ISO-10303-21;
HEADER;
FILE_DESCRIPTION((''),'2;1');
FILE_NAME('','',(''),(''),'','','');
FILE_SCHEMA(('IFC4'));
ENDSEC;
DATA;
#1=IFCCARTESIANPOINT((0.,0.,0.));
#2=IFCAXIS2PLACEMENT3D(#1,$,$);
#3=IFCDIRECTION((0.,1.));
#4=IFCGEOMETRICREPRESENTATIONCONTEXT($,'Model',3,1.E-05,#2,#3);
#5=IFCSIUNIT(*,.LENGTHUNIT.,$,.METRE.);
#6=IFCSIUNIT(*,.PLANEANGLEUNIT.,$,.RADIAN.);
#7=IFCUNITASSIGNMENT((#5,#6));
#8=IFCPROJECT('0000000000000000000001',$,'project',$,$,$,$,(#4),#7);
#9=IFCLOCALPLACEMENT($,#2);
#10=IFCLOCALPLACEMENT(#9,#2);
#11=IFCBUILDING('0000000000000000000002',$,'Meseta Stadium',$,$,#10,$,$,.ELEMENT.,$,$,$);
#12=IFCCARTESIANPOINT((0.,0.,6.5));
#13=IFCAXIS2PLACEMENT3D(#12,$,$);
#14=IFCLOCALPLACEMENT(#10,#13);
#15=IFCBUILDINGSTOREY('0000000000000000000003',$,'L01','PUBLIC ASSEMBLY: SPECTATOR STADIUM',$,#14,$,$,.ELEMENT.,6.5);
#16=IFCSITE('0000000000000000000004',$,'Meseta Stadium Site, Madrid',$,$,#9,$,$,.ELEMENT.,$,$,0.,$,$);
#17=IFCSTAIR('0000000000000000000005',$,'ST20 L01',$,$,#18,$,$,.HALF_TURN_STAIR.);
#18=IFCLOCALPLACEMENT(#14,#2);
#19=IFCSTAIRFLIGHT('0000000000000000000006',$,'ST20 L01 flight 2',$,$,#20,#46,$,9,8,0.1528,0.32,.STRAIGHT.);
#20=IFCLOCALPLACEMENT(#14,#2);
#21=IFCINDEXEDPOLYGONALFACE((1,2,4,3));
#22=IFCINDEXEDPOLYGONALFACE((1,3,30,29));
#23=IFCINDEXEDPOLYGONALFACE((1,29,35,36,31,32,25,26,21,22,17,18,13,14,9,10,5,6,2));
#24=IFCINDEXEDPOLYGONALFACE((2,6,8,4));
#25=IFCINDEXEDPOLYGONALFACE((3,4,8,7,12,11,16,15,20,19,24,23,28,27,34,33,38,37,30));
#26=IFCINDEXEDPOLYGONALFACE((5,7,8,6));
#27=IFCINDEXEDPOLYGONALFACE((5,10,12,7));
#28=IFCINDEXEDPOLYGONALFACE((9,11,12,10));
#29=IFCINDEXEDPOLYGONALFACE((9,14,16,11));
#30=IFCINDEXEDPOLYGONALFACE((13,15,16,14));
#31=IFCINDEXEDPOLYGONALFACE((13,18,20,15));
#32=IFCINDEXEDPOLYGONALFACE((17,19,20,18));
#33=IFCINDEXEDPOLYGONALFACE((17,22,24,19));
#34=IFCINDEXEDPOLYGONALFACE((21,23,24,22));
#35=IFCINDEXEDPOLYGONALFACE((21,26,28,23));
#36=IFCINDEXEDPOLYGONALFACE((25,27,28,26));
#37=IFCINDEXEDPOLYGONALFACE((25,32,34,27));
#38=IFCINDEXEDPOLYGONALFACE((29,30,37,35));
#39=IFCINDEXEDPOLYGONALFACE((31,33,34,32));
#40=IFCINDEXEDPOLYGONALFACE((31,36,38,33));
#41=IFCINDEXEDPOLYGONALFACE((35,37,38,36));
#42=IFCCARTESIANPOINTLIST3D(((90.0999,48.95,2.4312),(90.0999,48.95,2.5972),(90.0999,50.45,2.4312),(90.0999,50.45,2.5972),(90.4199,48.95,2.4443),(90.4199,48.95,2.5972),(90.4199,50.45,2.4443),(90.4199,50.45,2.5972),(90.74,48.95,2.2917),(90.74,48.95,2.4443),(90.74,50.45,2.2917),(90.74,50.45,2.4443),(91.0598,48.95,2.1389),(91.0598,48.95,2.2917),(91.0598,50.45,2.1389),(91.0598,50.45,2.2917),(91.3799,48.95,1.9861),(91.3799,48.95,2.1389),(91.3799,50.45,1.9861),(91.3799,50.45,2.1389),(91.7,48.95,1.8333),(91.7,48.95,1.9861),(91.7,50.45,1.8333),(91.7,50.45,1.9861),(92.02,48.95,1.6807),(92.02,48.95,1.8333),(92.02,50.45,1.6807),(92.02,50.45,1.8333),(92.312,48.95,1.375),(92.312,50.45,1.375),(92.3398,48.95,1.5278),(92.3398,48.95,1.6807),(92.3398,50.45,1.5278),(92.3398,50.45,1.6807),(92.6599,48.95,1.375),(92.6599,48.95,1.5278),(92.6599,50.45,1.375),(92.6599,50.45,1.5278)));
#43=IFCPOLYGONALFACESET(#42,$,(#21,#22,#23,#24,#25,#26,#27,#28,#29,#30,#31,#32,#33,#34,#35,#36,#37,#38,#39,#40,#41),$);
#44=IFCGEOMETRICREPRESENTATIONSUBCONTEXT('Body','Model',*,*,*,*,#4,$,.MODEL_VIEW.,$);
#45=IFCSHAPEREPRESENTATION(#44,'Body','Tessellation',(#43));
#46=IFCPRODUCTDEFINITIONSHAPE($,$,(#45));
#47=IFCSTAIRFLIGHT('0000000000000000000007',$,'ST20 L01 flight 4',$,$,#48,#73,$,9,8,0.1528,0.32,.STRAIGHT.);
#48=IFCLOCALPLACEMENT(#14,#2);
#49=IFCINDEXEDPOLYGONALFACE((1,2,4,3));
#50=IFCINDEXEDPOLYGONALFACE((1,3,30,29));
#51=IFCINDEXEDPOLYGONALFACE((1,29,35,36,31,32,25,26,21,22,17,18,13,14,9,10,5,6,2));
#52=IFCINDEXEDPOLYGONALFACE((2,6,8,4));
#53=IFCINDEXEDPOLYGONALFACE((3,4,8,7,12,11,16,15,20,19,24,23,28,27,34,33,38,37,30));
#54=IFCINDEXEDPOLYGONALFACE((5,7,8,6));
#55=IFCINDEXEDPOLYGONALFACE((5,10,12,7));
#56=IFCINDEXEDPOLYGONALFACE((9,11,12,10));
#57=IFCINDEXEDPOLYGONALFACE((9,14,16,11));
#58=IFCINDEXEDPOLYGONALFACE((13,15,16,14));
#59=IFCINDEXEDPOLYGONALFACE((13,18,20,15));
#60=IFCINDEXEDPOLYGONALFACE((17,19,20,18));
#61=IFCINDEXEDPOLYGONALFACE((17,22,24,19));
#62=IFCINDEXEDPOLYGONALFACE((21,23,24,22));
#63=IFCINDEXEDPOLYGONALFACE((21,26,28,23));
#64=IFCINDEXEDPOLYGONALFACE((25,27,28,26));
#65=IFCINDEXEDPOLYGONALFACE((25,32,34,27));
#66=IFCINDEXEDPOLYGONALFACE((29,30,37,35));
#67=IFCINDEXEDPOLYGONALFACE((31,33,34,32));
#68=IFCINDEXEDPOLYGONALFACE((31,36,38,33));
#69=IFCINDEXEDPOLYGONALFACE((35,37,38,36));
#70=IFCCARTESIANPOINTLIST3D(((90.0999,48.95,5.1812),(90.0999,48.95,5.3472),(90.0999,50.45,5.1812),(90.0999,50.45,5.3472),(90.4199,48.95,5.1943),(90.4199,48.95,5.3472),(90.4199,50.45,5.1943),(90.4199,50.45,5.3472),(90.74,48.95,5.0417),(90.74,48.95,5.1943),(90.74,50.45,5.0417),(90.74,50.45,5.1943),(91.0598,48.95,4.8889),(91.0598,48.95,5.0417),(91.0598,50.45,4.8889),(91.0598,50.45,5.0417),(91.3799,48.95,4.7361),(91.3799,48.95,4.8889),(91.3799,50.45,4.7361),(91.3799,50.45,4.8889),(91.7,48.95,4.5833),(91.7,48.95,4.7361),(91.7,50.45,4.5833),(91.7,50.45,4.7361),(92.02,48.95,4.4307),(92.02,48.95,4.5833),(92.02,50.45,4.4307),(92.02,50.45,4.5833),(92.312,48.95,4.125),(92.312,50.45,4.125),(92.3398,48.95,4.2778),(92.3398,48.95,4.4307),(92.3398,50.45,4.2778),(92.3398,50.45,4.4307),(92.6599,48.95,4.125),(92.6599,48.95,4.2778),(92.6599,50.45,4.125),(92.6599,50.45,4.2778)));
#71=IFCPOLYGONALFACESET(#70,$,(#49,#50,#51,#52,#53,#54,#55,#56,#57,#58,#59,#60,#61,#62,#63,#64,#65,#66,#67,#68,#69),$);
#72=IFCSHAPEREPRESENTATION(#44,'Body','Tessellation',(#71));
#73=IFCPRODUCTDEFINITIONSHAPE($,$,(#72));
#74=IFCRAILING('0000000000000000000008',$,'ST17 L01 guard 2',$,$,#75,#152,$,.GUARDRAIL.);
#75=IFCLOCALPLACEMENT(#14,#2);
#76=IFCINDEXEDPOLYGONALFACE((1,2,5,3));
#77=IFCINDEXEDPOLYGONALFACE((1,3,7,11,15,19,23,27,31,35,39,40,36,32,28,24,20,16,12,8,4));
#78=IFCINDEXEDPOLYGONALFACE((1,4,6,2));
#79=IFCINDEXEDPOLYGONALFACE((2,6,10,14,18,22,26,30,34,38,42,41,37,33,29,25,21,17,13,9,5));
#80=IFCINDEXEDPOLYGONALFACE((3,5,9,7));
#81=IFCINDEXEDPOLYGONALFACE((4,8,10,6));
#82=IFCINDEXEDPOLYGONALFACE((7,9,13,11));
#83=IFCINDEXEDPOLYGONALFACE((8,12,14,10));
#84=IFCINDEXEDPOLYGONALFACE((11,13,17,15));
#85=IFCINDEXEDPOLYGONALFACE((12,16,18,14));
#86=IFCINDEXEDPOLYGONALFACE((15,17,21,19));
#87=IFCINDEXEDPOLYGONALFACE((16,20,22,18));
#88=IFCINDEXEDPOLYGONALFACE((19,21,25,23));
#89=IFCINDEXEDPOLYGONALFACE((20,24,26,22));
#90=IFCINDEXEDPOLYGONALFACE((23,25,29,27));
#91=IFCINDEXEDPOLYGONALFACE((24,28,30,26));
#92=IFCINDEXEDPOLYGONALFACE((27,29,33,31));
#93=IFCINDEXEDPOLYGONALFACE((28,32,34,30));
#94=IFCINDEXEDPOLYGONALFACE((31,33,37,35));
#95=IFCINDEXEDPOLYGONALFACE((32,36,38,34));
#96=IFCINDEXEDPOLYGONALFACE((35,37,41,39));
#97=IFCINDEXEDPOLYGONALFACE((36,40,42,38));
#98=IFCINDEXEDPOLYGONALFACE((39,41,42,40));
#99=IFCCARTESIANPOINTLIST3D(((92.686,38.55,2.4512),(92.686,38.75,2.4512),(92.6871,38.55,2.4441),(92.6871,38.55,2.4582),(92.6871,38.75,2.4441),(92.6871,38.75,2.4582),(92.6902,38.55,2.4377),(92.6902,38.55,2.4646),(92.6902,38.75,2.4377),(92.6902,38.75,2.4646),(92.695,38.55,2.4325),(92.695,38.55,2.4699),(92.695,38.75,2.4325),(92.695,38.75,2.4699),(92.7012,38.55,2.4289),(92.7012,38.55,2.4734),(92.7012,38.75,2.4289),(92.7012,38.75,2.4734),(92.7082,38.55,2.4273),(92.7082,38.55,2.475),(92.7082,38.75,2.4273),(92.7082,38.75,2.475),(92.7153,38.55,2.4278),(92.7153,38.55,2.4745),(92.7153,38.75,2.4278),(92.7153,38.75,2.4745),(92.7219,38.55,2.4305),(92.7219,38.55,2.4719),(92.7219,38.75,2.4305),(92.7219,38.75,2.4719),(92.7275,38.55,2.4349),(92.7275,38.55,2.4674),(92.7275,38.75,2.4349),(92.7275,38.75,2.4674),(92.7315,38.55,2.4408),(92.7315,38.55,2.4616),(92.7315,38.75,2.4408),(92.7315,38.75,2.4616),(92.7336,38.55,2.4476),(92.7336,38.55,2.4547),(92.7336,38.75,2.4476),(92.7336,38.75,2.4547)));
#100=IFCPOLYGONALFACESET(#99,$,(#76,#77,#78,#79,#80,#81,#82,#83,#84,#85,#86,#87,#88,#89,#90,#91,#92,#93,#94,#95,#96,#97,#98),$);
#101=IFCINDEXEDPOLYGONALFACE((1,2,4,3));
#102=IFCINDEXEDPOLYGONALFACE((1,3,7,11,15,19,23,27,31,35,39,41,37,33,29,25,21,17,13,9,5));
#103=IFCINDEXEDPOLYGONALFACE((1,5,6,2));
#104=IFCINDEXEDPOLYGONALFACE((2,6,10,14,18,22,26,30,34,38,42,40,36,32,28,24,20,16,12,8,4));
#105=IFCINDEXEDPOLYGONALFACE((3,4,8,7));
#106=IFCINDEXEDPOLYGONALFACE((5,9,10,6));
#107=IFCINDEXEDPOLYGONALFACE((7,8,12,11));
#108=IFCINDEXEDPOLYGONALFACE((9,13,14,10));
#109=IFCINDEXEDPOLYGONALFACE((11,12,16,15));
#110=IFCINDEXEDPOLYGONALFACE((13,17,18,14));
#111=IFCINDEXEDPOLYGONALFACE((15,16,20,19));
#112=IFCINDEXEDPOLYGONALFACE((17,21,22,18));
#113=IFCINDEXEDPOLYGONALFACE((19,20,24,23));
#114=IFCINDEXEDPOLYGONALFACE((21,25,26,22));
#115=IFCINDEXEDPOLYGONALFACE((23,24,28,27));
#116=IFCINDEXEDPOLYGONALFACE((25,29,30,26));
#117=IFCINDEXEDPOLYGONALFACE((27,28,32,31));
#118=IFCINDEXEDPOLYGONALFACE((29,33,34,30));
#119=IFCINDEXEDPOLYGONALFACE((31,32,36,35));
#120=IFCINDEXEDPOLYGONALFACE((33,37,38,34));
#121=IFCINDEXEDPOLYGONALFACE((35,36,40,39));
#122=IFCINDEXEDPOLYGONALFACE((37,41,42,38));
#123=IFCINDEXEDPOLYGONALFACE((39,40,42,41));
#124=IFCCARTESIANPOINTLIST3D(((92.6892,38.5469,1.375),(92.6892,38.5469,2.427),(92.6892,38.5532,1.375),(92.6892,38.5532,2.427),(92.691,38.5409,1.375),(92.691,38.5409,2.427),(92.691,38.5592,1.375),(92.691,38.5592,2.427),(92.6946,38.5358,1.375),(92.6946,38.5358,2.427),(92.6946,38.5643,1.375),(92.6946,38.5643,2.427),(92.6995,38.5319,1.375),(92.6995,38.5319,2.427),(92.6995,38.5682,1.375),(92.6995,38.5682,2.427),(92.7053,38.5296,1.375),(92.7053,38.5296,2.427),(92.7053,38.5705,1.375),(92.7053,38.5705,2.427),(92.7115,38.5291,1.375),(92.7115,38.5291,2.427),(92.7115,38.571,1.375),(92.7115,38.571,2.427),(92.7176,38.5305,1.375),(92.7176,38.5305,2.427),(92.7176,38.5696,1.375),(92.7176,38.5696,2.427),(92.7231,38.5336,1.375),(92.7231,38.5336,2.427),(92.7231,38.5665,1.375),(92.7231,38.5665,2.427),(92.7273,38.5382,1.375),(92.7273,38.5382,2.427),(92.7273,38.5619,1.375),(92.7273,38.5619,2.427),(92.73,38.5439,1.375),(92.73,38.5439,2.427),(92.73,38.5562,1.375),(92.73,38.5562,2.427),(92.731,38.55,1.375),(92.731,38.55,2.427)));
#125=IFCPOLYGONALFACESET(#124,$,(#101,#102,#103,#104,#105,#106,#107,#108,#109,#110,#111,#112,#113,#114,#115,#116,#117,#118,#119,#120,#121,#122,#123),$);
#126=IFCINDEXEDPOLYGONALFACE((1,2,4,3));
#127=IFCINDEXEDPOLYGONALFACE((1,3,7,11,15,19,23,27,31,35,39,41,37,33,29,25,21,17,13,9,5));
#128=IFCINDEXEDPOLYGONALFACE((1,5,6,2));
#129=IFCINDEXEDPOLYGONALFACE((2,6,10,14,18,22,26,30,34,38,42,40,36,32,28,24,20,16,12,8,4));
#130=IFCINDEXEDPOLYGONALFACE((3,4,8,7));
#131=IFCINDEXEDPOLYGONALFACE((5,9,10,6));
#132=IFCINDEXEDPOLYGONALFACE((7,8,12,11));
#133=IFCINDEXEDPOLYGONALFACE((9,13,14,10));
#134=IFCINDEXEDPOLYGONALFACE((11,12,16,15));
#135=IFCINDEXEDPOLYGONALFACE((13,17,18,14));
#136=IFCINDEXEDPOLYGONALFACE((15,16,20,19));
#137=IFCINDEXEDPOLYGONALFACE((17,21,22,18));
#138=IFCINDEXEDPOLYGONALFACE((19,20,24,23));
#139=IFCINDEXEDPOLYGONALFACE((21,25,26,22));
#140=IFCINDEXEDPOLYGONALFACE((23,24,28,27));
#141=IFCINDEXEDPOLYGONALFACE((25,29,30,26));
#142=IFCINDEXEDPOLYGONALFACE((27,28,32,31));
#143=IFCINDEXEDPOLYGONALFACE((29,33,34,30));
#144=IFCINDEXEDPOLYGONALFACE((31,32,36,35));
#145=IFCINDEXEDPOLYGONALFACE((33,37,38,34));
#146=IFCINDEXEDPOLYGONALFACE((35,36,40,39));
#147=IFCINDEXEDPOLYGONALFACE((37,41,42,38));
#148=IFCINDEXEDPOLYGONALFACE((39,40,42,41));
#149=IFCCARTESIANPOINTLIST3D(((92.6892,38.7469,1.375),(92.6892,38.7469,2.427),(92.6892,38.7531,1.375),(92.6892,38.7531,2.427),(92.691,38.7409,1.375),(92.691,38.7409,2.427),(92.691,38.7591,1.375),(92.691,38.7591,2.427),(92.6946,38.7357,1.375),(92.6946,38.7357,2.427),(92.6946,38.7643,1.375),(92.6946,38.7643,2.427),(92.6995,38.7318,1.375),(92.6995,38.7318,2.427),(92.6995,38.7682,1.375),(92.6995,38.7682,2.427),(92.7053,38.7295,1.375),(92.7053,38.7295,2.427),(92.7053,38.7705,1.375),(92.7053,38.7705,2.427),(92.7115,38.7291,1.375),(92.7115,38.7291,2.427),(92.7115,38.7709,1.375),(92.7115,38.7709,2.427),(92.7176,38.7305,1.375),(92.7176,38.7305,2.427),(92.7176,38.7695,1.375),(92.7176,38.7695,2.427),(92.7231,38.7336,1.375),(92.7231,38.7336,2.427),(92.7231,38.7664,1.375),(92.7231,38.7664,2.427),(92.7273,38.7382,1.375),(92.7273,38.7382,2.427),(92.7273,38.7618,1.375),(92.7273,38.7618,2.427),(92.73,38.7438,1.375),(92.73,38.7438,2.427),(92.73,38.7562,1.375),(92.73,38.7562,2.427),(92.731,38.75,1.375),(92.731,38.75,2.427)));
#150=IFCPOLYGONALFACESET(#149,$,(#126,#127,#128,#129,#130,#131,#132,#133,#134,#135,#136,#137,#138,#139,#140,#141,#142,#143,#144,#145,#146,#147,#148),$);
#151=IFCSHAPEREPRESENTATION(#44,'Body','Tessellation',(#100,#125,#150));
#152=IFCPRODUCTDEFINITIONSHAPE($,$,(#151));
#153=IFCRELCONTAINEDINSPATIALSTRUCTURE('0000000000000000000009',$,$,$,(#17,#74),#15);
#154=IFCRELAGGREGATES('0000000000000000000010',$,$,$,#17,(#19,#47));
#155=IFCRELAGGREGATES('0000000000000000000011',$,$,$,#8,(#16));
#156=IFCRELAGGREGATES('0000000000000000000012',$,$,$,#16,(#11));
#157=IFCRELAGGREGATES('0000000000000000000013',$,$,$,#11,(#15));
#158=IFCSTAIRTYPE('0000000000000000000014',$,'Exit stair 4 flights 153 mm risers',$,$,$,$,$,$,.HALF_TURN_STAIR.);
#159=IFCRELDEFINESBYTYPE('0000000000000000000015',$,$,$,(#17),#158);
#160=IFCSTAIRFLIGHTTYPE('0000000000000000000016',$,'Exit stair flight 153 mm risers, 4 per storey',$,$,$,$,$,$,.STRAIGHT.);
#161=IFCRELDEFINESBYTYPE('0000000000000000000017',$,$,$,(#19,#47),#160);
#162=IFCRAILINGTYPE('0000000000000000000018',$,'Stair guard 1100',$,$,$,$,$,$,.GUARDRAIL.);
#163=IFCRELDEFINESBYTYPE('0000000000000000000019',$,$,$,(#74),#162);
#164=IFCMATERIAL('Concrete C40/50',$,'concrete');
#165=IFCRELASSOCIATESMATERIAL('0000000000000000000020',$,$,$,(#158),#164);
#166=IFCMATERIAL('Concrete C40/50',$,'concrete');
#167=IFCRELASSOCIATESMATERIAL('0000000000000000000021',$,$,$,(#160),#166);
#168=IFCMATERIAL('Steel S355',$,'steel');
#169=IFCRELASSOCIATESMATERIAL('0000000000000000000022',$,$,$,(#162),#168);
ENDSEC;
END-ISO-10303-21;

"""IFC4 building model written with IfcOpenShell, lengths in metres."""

from ifc_helpers import new_model, si_unit, direction, frame, origin, origin_2d, place, context, subcontext, project, spatial, polyline, circle, outline, extrude, material, type_object, element, aggregate, save


model = new_model("IFC4")

# Units and contexts
model_context = context("Model", 3, precision=1e-05, world=origin(), true_north=direction((0.0, 1.0)))
body_context = subcontext(model_context, "Body", "Model", "MODEL_VIEW")
ifc_project = project(units=[si_unit("LENGTHUNIT", "METRE"), si_unit("PLANEANGLEUNIT", "RADIAN")], contexts=[model_context])

# Site, building, storey
site_placement = place(None, origin())
site = spatial("IfcSite", under=ifc_project, at=site_placement, Name="Meseta Stadium Site, Madrid", CompositionType="ELEMENT", RefElevation=0.0)
building_placement = place(site_placement, origin())
building = spatial("IfcBuilding", under=site, at=building_placement, Name="Meseta Stadium", CompositionType="ELEMENT")
storey_placement = place(building_placement, frame((0.0, 0.0, 6.5)))
storey = spatial("IfcBuildingStorey", under=building, at=storey_placement, Name="L01", Description="PUBLIC ASSEMBLY: SPECTATOR STADIUM", CompositionType="ELEMENT", Elevation=6.5)

# Stair, stair flights
ifc_material_1 = material(Name="Concrete C40/50", Category="concrete")
stair_type = type_object("IfcStairType", Name="Exit stair 4 flights 153 mm risers", PredefinedType="HALF_TURN_STAIR", material=ifc_material_1)
ifc_material_2 = material(Name="Concrete C40/50", Category="concrete")
stair_flight_type = type_object("IfcStairFlightType", Name="Exit stair flight 153 mm risers, 4 per storey", PredefinedType="STRAIGHT", material=ifc_material_2)
stair_1_placement = place(storey_placement, origin())
stair_1 = element("IfcStair", 1, at=stair_1_placement, inside=storey, type_object=stair_type, Name="ST20 L01", PredefinedType="HALF_TURN_STAIR")
stair_flight_1_placement = place(storey_placement, frame((92.6599, 49.7, 1.375), z_axis=(0.0, 0.0, 1.0), x_axis=(-1.0, 0.0, 0.0)))
stair_flight_1 = element("IfcStairFlight", 2, at=stair_flight_1_placement, type_object=stair_flight_type, Name="ST20 L01 flight 2", NumberOfRisers=9, NumberOfTreads=8, PredefinedType="STRAIGHT", RiserHeight=0.1528, TreadLength=0.32, context=body_context, shape_type="SweptSolid", body=[
    extrude(outline(polyline([(0.0, 0.0), (0.0, 0.1528), (0.3201, 0.1528), (0.3201, 0.3057), (0.6399, 0.3057), (0.6399, 0.4583), (0.96, 0.4583), (0.96, 0.6111), (1.28, 0.6111), (1.28, 0.7639), (1.6001, 0.7639), (1.6001, 0.9167), (1.9199, 0.9167), (1.9199, 1.0693), (2.24, 1.0693), (2.24, 1.2222), (2.5601, 1.2222), (2.5601, 1.0562), (0.3479, 0.0), (0.0, 0.0)])), frame((0.0, 0.75, 0.0), z_axis=(0.0, -1.0, 0.0), x_axis=(1.0, 0.0, 0.0)), (0.0, 0.0, 1.0), 1.5),
])
stair_flight_2_placement = place(storey_placement, frame((92.6599, 49.7, 4.125), z_axis=(0.0, 0.0, 1.0), x_axis=(-1.0, 0.0, 0.0)))
stair_flight_2 = element("IfcStairFlight", 3, at=stair_flight_2_placement, type_object=stair_flight_type, Name="ST20 L01 flight 4", NumberOfRisers=9, NumberOfTreads=8, PredefinedType="STRAIGHT", RiserHeight=0.1528, TreadLength=0.32, context=body_context, shape_type="SweptSolid", body=[
    extrude(outline(polyline([(0.0, 0.0), (0.0, 0.1528), (0.3201, 0.1528), (0.3201, 0.3057), (0.6399, 0.3057), (0.6399, 0.4583), (0.96, 0.4583), (0.96, 0.6111), (1.28, 0.6111), (1.28, 0.7639), (1.6001, 0.7639), (1.6001, 0.9167), (1.9199, 0.9167), (1.9199, 1.0693), (2.24, 1.0693), (2.24, 1.2222), (2.5601, 1.2222), (2.5601, 1.0562), (0.3479, 0.0), (0.0, 0.0)])), frame((0.0, 0.75, 0.0), z_axis=(0.0, -1.0, 0.0), x_axis=(1.0, 0.0, 0.0)), (0.0, 0.0, 1.0), 1.5),
])
aggregate(stair_1, [stair_flight_1, stair_flight_2])

# Railing
ifc_material_3 = material(Name="Steel S355", Category="steel")
railing_type_1 = type_object("IfcRailingType", Name="Stair guard 1100", PredefinedType="GUARDRAIL", material=ifc_material_3)
for number, where, name in (
    (4, (92.71, 38.55, 1.375), "ST17 L01 guard 2"),
):
    element("IfcRailing", number, at=place(storey_placement, frame(where)), inside=storey, type_object=railing_type_1, Name=name, PredefinedType="GUARDRAIL", context=body_context, shape_type="SweptSolid", body=[
        extrude(circle(Radius=0.0239, at=origin_2d()), frame((0.0, 0.0, 1.0762), z_axis=(0.0, 1.0, 0.0), x_axis=(-1.0, 0.0, 0.0)), (0.0, 0.0, 1.0), 0.2),
        extrude(circle(Radius=0.021, at=origin_2d()), origin(), (0.0, 0.0, 1.0), 1.052),
        extrude(circle(Radius=0.021, at=origin_2d()), frame((0.0, 0.2, 0.0)), (0.0, 0.0, 1.0), 1.052),
    ])

save(model, "model.ifc")
